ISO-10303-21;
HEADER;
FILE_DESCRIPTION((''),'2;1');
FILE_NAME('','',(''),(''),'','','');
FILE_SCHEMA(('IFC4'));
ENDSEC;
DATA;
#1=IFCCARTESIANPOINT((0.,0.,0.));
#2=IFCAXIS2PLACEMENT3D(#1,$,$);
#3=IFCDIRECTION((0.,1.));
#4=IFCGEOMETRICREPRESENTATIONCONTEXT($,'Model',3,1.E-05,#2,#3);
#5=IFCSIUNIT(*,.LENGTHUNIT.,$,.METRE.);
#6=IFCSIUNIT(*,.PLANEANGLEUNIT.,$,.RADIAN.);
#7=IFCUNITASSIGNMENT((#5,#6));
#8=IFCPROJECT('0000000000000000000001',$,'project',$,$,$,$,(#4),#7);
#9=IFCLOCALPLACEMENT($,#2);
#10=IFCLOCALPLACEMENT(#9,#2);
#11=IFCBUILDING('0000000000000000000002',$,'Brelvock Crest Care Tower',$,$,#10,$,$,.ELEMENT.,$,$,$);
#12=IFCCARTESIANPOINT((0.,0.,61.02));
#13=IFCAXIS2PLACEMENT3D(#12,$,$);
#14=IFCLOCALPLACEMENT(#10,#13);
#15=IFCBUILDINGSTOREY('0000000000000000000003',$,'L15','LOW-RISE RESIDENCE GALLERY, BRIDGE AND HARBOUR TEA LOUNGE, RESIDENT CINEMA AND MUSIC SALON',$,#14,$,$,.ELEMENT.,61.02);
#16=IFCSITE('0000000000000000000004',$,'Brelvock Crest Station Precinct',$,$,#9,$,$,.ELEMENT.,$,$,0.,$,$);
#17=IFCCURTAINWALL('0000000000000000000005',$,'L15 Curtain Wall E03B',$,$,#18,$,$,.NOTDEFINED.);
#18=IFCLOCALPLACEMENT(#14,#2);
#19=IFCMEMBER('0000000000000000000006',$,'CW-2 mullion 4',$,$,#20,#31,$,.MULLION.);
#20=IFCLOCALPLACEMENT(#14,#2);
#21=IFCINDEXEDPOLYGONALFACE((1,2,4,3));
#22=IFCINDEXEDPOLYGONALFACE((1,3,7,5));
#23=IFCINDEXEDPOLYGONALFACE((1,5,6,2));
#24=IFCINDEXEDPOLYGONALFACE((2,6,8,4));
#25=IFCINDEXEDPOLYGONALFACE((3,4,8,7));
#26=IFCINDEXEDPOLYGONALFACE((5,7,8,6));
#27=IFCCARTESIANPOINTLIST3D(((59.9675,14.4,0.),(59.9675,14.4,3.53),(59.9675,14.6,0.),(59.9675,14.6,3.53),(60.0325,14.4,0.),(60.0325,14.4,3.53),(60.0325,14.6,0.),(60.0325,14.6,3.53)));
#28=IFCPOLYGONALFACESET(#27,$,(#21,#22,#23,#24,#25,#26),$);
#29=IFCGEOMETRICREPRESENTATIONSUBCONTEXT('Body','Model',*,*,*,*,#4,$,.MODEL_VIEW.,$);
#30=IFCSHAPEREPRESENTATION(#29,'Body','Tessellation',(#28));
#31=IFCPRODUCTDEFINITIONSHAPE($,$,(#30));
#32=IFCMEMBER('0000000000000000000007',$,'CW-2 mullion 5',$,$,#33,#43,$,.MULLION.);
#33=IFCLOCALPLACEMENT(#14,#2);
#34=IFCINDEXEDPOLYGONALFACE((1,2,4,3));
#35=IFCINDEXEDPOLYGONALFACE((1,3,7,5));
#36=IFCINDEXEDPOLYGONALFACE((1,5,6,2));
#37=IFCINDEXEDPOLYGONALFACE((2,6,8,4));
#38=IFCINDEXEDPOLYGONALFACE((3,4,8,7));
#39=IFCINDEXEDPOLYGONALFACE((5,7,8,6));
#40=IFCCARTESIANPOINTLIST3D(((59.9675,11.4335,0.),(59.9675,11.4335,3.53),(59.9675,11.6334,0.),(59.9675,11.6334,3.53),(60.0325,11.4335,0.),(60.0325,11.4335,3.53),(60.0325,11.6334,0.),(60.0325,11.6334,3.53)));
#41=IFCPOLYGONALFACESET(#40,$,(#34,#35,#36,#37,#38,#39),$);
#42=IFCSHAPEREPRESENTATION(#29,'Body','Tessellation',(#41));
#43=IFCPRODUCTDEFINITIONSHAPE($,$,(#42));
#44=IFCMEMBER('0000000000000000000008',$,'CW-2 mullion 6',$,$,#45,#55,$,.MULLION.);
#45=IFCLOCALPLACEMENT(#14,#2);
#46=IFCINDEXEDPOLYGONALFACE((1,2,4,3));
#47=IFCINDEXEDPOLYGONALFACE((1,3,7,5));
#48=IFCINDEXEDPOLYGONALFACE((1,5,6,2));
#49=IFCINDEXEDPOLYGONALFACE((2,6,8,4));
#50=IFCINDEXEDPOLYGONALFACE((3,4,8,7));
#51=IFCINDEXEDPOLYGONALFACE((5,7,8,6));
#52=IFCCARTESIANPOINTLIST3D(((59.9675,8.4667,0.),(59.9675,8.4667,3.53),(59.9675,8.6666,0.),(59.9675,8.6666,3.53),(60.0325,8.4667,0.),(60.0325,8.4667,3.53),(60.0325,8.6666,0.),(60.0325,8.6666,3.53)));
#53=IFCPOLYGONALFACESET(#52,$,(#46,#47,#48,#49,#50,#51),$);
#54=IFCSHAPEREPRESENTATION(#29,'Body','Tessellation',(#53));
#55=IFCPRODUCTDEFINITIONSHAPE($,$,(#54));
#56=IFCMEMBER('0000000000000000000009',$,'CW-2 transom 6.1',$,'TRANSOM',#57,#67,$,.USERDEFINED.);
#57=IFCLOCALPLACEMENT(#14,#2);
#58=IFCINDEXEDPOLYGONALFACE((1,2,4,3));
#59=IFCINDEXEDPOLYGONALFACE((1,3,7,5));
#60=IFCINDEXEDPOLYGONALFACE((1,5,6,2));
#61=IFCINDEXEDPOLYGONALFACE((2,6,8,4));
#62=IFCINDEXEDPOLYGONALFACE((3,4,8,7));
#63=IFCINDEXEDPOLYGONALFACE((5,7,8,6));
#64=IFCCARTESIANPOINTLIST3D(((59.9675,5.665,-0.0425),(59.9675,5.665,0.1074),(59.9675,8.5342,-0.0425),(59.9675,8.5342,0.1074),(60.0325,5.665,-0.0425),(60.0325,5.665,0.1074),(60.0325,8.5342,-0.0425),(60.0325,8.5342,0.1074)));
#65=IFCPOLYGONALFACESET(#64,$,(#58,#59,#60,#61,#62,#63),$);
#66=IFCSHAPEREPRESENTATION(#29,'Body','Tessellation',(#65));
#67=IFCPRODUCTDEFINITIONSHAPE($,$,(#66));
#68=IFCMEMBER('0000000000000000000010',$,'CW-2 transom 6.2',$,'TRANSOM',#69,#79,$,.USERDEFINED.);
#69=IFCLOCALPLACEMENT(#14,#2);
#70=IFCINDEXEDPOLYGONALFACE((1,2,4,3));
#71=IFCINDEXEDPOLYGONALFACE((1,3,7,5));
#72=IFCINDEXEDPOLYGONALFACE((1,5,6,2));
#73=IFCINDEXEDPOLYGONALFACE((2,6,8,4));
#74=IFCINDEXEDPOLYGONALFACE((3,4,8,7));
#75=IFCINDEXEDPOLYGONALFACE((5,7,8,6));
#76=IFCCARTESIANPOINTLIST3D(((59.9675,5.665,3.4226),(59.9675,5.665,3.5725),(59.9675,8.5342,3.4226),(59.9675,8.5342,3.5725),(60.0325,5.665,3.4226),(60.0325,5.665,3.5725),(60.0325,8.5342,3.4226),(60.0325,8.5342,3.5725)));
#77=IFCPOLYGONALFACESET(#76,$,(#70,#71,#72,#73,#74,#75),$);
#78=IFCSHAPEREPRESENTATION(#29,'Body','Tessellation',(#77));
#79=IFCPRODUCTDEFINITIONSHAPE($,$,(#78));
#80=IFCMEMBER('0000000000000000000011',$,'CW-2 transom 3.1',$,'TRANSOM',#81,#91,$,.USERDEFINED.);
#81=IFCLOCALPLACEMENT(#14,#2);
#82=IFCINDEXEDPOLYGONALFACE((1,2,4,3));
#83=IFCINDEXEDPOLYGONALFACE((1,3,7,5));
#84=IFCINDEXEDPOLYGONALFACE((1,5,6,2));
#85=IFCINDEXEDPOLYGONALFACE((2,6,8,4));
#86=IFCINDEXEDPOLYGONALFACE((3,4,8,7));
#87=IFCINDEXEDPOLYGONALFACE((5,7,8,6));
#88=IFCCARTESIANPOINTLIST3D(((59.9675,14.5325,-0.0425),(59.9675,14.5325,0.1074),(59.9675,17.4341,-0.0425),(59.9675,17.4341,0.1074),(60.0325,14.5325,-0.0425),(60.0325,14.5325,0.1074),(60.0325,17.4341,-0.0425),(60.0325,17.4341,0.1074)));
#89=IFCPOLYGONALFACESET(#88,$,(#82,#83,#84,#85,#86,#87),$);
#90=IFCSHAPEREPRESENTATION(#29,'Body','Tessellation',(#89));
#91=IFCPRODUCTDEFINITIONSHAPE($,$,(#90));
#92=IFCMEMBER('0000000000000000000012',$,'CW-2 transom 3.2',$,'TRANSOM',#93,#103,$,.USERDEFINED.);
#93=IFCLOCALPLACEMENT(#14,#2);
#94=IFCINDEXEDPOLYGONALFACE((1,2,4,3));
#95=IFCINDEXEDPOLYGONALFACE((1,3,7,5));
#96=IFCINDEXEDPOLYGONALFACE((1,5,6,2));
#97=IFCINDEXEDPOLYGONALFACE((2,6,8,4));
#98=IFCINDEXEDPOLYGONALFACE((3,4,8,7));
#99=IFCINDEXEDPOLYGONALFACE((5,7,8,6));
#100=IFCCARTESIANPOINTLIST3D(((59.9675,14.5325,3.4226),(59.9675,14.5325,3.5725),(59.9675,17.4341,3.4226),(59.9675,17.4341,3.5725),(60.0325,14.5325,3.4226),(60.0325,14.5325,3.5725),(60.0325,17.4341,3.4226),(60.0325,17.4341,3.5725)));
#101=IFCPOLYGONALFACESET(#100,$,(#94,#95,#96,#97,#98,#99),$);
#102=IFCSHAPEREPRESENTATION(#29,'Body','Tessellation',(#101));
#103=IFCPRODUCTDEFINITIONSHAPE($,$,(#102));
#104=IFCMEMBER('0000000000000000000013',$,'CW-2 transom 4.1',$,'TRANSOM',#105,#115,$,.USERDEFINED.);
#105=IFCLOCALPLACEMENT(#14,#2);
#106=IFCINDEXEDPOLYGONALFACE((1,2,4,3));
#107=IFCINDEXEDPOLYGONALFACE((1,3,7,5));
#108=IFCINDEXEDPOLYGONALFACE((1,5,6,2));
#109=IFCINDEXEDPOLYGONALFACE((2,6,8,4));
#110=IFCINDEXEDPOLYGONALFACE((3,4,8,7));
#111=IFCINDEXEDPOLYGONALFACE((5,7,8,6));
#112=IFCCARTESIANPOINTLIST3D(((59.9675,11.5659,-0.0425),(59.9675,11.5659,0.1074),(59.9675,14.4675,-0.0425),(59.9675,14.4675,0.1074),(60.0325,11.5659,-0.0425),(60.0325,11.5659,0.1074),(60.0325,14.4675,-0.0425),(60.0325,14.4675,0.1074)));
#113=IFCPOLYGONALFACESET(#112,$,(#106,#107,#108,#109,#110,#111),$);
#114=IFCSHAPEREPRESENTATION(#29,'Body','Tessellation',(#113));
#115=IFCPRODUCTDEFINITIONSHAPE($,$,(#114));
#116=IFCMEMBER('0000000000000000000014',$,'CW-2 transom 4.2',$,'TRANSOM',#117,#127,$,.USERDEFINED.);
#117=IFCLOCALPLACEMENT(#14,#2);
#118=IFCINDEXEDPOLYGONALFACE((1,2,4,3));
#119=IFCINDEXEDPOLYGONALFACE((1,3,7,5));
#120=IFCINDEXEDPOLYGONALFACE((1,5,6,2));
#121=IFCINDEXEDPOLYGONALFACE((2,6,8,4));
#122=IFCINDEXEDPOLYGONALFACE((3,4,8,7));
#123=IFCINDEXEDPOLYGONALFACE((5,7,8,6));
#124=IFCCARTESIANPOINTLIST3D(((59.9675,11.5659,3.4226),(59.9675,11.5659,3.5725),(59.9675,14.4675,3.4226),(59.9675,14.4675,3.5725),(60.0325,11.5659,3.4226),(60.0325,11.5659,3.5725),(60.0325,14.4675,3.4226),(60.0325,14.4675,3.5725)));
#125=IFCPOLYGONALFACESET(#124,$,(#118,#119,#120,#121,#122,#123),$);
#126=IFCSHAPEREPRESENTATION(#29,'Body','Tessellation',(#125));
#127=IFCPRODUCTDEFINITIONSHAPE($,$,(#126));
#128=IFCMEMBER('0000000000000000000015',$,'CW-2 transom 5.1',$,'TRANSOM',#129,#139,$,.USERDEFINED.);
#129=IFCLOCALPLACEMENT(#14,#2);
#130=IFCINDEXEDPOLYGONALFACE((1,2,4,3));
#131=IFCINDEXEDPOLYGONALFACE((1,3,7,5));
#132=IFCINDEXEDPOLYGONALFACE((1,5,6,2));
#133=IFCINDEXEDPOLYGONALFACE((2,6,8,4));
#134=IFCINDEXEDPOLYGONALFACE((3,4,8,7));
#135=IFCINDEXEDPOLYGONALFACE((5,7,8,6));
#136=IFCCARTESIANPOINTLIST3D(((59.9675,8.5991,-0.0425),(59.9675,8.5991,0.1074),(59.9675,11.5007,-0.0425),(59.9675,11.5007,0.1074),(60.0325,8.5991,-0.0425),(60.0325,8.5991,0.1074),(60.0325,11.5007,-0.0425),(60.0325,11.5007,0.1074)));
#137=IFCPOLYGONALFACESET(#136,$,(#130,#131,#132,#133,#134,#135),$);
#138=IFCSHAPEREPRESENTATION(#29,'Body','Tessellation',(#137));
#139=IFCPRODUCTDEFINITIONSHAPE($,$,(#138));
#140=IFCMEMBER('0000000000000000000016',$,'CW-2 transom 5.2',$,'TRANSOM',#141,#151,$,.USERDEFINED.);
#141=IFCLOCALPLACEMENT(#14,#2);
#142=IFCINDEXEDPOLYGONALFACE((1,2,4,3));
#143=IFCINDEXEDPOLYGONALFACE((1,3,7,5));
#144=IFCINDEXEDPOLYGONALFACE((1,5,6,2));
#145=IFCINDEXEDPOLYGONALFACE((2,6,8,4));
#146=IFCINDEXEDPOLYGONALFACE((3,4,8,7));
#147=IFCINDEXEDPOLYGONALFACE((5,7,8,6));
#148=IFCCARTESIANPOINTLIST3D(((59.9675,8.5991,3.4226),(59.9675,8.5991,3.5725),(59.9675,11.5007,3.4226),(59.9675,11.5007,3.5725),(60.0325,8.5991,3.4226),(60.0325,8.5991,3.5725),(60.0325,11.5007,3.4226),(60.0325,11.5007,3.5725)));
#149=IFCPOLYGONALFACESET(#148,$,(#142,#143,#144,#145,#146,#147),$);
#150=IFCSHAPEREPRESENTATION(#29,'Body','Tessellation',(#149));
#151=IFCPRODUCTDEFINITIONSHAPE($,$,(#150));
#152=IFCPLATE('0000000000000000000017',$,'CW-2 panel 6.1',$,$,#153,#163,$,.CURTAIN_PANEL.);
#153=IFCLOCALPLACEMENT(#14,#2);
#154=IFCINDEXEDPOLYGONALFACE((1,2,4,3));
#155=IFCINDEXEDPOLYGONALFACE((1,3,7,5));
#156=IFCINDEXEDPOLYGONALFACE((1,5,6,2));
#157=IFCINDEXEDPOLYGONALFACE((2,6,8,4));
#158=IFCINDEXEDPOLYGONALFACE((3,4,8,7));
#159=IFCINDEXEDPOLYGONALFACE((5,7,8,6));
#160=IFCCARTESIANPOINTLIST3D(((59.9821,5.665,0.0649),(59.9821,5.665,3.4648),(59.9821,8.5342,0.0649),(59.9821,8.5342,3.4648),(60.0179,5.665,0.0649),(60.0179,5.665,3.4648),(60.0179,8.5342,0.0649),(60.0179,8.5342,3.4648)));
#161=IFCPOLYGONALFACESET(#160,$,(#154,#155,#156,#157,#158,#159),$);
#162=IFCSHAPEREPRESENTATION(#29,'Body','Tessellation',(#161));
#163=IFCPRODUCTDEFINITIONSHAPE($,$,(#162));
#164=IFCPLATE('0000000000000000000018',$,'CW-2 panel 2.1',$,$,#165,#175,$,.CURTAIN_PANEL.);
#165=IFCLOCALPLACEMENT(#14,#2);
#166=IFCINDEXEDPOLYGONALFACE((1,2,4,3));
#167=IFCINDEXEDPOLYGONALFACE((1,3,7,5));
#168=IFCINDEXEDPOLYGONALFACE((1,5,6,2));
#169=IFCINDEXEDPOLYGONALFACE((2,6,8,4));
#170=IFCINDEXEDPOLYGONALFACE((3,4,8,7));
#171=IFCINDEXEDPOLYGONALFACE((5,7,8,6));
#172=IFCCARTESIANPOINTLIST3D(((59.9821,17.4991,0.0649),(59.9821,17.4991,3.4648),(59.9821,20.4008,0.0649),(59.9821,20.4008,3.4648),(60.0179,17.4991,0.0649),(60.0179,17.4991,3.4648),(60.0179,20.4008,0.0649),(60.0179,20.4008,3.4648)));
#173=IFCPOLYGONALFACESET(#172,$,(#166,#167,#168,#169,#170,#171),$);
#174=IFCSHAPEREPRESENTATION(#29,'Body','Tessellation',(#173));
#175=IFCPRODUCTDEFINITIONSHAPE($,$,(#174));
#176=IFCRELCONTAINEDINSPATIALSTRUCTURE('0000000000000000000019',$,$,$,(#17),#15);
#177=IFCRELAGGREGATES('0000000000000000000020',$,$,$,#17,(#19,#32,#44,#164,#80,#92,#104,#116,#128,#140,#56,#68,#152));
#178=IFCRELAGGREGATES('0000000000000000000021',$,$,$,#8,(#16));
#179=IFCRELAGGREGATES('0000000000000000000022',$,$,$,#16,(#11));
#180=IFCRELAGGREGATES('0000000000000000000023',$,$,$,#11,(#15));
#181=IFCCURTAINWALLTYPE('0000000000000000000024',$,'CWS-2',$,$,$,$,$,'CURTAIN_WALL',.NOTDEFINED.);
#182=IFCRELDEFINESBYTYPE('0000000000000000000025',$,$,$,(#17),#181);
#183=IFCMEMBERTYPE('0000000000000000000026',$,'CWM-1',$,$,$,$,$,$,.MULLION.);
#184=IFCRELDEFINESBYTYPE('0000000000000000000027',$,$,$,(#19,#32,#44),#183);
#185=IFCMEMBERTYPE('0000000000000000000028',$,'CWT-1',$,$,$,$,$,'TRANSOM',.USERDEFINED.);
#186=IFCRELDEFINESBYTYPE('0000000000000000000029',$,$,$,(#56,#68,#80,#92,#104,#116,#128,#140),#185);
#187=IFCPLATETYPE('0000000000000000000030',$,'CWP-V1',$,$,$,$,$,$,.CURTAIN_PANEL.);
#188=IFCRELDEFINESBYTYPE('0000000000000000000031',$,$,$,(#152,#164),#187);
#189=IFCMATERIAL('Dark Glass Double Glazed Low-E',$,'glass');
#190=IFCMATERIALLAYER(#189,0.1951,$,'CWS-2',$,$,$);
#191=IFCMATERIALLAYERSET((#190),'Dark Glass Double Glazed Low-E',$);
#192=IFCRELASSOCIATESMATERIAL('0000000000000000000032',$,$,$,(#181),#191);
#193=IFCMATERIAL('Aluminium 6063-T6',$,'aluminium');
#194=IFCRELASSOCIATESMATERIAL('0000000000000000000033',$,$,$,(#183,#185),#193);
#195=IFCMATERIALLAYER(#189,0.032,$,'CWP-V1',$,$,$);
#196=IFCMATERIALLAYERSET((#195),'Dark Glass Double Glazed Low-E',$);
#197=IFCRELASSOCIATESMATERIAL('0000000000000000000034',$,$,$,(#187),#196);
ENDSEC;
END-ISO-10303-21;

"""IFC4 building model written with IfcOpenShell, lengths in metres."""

from ifc_helpers import new_model, si_unit, direction, frame, origin, origin_2d, place, context, subcontext, project, spatial, rectangle, extrude, source, transform, mapped, material, layer, layer_set, material_profile, profile_set, type_object, element, aggregate, save


model = new_model("IFC4")

# Units and contexts
model_context = context("Model", 3, precision=1e-05, world=origin(), true_north=direction((0.0, 1.0)))
body_context = subcontext(model_context, "Body", "Model", "MODEL_VIEW")
ifc_project = project(units=[si_unit("LENGTHUNIT", "METRE"), si_unit("PLANEANGLEUNIT", "RADIAN")], contexts=[model_context])

# Site, building, storey
site_placement = place(None, origin())
site = spatial("IfcSite", under=ifc_project, at=site_placement, Name="Brelvock Crest Station Precinct", CompositionType="ELEMENT", RefElevation=0.0)
building_placement = place(site_placement, origin())
building = spatial("IfcBuilding", under=site, at=building_placement, Name="Brelvock Crest Care Tower", CompositionType="ELEMENT")
storey_placement = place(building_placement, frame((0.0, 0.0, 61.02)))
storey = spatial("IfcBuildingStorey", under=building, at=storey_placement, Name="L15", Description="LOW-RISE RESIDENCE GALLERY, BRIDGE AND HARBOUR TEA LOUNGE, RESIDENT CINEMA AND MUSIC SALON", CompositionType="ELEMENT", Elevation=61.02)

# Curtain wall, members, plates
ifc_material_1 = material(Name="Dark Glass Double Glazed Low-E", Category="glass")
ifc_layer_1 = layer(ifc_material_1, 0.1951, Name="CWS-2")
ifc_layer_set_1 = layer_set([ifc_layer_1], Name="Dark Glass Double Glazed Low-E")
curtain_wall_type = type_object("IfcCurtainWallType", Name="CWS-2", ElementType="CURTAIN_WALL", PredefinedType="NOTDEFINED", material=ifc_layer_set_1)
curtain_wall_placement = place(storey_placement, origin())
curtain_wall = element("IfcCurtainWall", 1, at=curtain_wall_placement, inside=storey, type_object=curtain_wall_type, Name="L15 Curtain Wall E03B", PredefinedType="NOTDEFINED")
ifc_material_2 = material(Name="Aluminium 6063-T6", Category="aluminium")
ifc_material_profile_1 = material_profile(ifc_material_2, rectangle(XDim=0.0649, YDim=0.2, at=origin_2d()), Name="ALU65x200")
ifc_profile_set_1 = profile_set([ifc_material_profile_1], Name="Aluminium 6063-T6")
member_type_1 = type_object("IfcMemberType", Name="CWM-1", PredefinedType="MULLION", material=ifc_profile_set_1)
shared_shape_1 = source(origin(), body_context, "Body", "SweptSolid", [
    extrude(rectangle(XDim=0.0649, YDim=0.2, at=origin_2d()), origin(), (0.0, 0.0, 1.0), 3.53),
])
member_1_placement = place(storey_placement, frame((60.0, 14.5, 0.0), z_axis=(0.0, 0.0, 1.0), x_axis=(1.0, 0.0, 0.0)))
member_1 = element("IfcMember", 2, at=member_1_placement, type_object=member_type_1, Name="CW-2 mullion 4", PredefinedType="MULLION", context=body_context, shape_type="MappedRepresentation", body=[
    mapped(shared_shape_1, transform((0.0, 0.0, 0.0), x_axis=(1.0, 0.0, 0.0), y_axis=(0.0, 1.0, 0.0), z_axis=(0.0, 0.0, 1.0), scale=1.0)),
])
member_2_placement = place(storey_placement, frame((60.0, 11.5334, 0.0), z_axis=(0.0, 0.0, 1.0), x_axis=(1.0, 0.0, 0.0)))
member_2 = element("IfcMember", 3, at=member_2_placement, type_object=member_type_1, Name="CW-2 mullion 5", PredefinedType="MULLION", context=body_context, shape_type="MappedRepresentation", body=[
    mapped(shared_shape_1, transform((0.0, 0.0, 0.0), x_axis=(1.0, 0.0, 0.0), y_axis=(0.0, 1.0, 0.0), z_axis=(0.0, 0.0, 1.0), scale=1.0)),
])
member_3_placement = place(storey_placement, frame((60.0, 8.5667, 0.0), z_axis=(0.0, 0.0, 1.0), x_axis=(1.0, 0.0, 0.0)))
member_3 = element("IfcMember", 4, at=member_3_placement, type_object=member_type_1, Name="CW-2 mullion 6", PredefinedType="MULLION", context=body_context, shape_type="MappedRepresentation", body=[
    mapped(shared_shape_1, transform((0.0, 0.0, 0.0), x_axis=(1.0, 0.0, 0.0), y_axis=(0.0, 1.0, 0.0), z_axis=(0.0, 0.0, 1.0), scale=1.0)),
])
ifc_material_profile_2 = material_profile(ifc_material_2, rectangle(XDim=0.0649, YDim=0.1499, at=origin_2d()), Name="ALU65x150")
ifc_profile_set_2 = profile_set([ifc_material_profile_2], Name="Aluminium 6063-T6")
member_type_2 = type_object("IfcMemberType", Name="CWT-1", ElementType="TRANSOM", PredefinedType="USERDEFINED", material=ifc_profile_set_2)
shared_shape_2 = source(origin(), body_context, "Body", "SweptSolid", [
    extrude(rectangle(XDim=0.0649, YDim=0.1499, at=origin_2d()), origin(), (0.0, 0.0, 1.0), 2.8691),
])
member_4_placement = place(storey_placement, frame((60.0, 8.5342, 0.0325), z_axis=(0.0, -1.0, 0.0), x_axis=(1.0, 0.0, 0.0)))
member_4 = element("IfcMember", 5, at=member_4_placement, type_object=member_type_2, Name="CW-2 transom 6.1", ObjectType="TRANSOM", PredefinedType="USERDEFINED", context=body_context, shape_type="MappedRepresentation", body=[
    mapped(shared_shape_2, transform((0.0, 0.0, 0.0), x_axis=(1.0, 0.0, 0.0), y_axis=(0.0, 1.0, 0.0), z_axis=(0.0, 0.0, 1.0), scale=1.0)),
])
member_5_placement = place(storey_placement, frame((60.0, 8.5342, 3.4976), z_axis=(0.0, -1.0, 0.0), x_axis=(1.0, 0.0, 0.0)))
member_5 = element("IfcMember", 6, at=member_5_placement, type_object=member_type_2, Name="CW-2 transom 6.2", ObjectType="TRANSOM", PredefinedType="USERDEFINED", context=body_context, shape_type="MappedRepresentation", body=[
    mapped(shared_shape_2, transform((0.0, 0.0, 0.0), x_axis=(1.0, 0.0, 0.0), y_axis=(0.0, 1.0, 0.0), z_axis=(0.0, 0.0, 1.0), scale=1.0)),
])
shared_shape_3 = source(origin(), body_context, "Body", "SweptSolid", [
    extrude(rectangle(XDim=0.0649, YDim=0.1499, at=origin_2d()), origin(), (0.0, 0.0, 1.0), 2.9016),
])
member_6_placement = place(storey_placement, frame((60.0, 17.4341, 0.0325), z_axis=(0.0, -1.0, 0.0), x_axis=(1.0, 0.0, 0.0)))
member_6 = element("IfcMember", 7, at=member_6_placement, type_object=member_type_2, Name="CW-2 transom 3.1", ObjectType="TRANSOM", PredefinedType="USERDEFINED", context=body_context, shape_type="MappedRepresentation", body=[
    mapped(shared_shape_3, transform((0.0, 0.0, 0.0), x_axis=(1.0, 0.0, 0.0), y_axis=(0.0, 1.0, 0.0), z_axis=(0.0, 0.0, 1.0), scale=1.0)),
])
member_7_placement = place(storey_placement, frame((60.0, 17.4341, 3.4976), z_axis=(0.0, -1.0, 0.0), x_axis=(1.0, 0.0, 0.0)))
member_7 = element("IfcMember", 8, at=member_7_placement, type_object=member_type_2, Name="CW-2 transom 3.2", ObjectType="TRANSOM", PredefinedType="USERDEFINED", context=body_context, shape_type="MappedRepresentation", body=[
    mapped(shared_shape_3, transform((0.0, 0.0, 0.0), x_axis=(1.0, 0.0, 0.0), y_axis=(0.0, 1.0, 0.0), z_axis=(0.0, 0.0, 1.0), scale=1.0)),
])
member_8_placement = place(storey_placement, frame((60.0, 14.4675, 0.0325), z_axis=(0.0, -1.0, 0.0), x_axis=(1.0, 0.0, 0.0)))
member_8 = element("IfcMember", 9, at=member_8_placement, type_object=member_type_2, Name="CW-2 transom 4.1", ObjectType="TRANSOM", PredefinedType="USERDEFINED", context=body_context, shape_type="MappedRepresentation", body=[
    mapped(shared_shape_3, transform((0.0, 0.0, 0.0), x_axis=(1.0, 0.0, 0.0), y_axis=(0.0, 1.0, 0.0), z_axis=(0.0, 0.0, 1.0), scale=1.0)),
])
member_9_placement = place(storey_placement, frame((60.0, 14.4675, 3.4976), z_axis=(0.0, -1.0, 0.0), x_axis=(1.0, 0.0, 0.0)))
member_9 = element("IfcMember", 10, at=member_9_placement, type_object=member_type_2, Name="CW-2 transom 4.2", ObjectType="TRANSOM", PredefinedType="USERDEFINED", context=body_context, shape_type="MappedRepresentation", body=[
    mapped(shared_shape_3, transform((0.0, 0.0, 0.0), x_axis=(1.0, 0.0, 0.0), y_axis=(0.0, 1.0, 0.0), z_axis=(0.0, 0.0, 1.0), scale=1.0)),
])
member_10_placement = place(storey_placement, frame((60.0, 11.5007, 0.0325), z_axis=(0.0, -1.0, 0.0), x_axis=(1.0, 0.0, 0.0)))
member_10 = element("IfcMember", 11, at=member_10_placement, type_object=member_type_2, Name="CW-2 transom 5.1", ObjectType="TRANSOM", PredefinedType="USERDEFINED", context=body_context, shape_type="MappedRepresentation", body=[
    mapped(shared_shape_3, transform((0.0, 0.0, 0.0), x_axis=(1.0, 0.0, 0.0), y_axis=(0.0, 1.0, 0.0), z_axis=(0.0, 0.0, 1.0), scale=1.0)),
])
member_11_placement = place(storey_placement, frame((60.0, 11.5007, 3.4976), z_axis=(0.0, -1.0, 0.0), x_axis=(1.0, 0.0, 0.0)))
member_11 = element("IfcMember", 12, at=member_11_placement, type_object=member_type_2, Name="CW-2 transom 5.2", ObjectType="TRANSOM", PredefinedType="USERDEFINED", context=body_context, shape_type="MappedRepresentation", body=[
    mapped(shared_shape_3, transform((0.0, 0.0, 0.0), x_axis=(1.0, 0.0, 0.0), y_axis=(0.0, 1.0, 0.0), z_axis=(0.0, 0.0, 1.0), scale=1.0)),
])
ifc_layer_2 = layer(ifc_material_1, 0.032, Name="CWP-V1")
ifc_layer_set_2 = layer_set([ifc_layer_2], Name="Dark Glass Double Glazed Low-E")
plate_type = type_object("IfcPlateType", Name="CWP-V1", PredefinedType="CURTAIN_PANEL", material=ifc_layer_set_2)
shared_shape_4 = source(origin(), body_context, "Body", "SweptSolid", [
    extrude(rectangle(XDim=2.8691, YDim=0.0359, at=origin_2d()), origin(), (0.0, 0.0, 1.0), 3.3999),
])
plate_1_placement = place(storey_placement, frame((60.0, 7.0996, 0.0649), z_axis=(0.0, 0.0, 1.0), x_axis=(0.0, -1.0, 0.0)))
plate_1 = element("IfcPlate", 13, at=plate_1_placement, type_object=plate_type, Name="CW-2 panel 6.1", PredefinedType="CURTAIN_PANEL", context=body_context, shape_type="MappedRepresentation", body=[
    mapped(shared_shape_4, transform((0.0, 0.0, 0.0), x_axis=(1.0, 0.0, 0.0), y_axis=(0.0, 1.0, 0.0), z_axis=(0.0, 0.0, 1.0), scale=1.0)),
])
shared_shape_5 = source(origin(), body_context, "Body", "SweptSolid", [
    extrude(rectangle(XDim=2.9016, YDim=0.0359, at=origin_2d()), origin(), (0.0, 0.0, 1.0), 3.3999),
])
plate_2_placement = place(storey_placement, frame((60.0, 18.95, 0.0649), z_axis=(0.0, 0.0, 1.0), x_axis=(0.0, -1.0, 0.0)))
plate_2 = element("IfcPlate", 14, at=plate_2_placement, type_object=plate_type, Name="CW-2 panel 2.1", PredefinedType="CURTAIN_PANEL", context=body_context, shape_type="MappedRepresentation", body=[
    mapped(shared_shape_5, transform((0.0, 0.0, 0.0), x_axis=(1.0, 0.0, 0.0), y_axis=(0.0, 1.0, 0.0), z_axis=(0.0, 0.0, 1.0), scale=1.0)),
])
aggregate(curtain_wall, [member_1, member_2, member_3, plate_2, member_6, member_7, member_8, member_9, member_10, member_11, member_4, member_5, plate_1])

save(model, "model.ifc")
